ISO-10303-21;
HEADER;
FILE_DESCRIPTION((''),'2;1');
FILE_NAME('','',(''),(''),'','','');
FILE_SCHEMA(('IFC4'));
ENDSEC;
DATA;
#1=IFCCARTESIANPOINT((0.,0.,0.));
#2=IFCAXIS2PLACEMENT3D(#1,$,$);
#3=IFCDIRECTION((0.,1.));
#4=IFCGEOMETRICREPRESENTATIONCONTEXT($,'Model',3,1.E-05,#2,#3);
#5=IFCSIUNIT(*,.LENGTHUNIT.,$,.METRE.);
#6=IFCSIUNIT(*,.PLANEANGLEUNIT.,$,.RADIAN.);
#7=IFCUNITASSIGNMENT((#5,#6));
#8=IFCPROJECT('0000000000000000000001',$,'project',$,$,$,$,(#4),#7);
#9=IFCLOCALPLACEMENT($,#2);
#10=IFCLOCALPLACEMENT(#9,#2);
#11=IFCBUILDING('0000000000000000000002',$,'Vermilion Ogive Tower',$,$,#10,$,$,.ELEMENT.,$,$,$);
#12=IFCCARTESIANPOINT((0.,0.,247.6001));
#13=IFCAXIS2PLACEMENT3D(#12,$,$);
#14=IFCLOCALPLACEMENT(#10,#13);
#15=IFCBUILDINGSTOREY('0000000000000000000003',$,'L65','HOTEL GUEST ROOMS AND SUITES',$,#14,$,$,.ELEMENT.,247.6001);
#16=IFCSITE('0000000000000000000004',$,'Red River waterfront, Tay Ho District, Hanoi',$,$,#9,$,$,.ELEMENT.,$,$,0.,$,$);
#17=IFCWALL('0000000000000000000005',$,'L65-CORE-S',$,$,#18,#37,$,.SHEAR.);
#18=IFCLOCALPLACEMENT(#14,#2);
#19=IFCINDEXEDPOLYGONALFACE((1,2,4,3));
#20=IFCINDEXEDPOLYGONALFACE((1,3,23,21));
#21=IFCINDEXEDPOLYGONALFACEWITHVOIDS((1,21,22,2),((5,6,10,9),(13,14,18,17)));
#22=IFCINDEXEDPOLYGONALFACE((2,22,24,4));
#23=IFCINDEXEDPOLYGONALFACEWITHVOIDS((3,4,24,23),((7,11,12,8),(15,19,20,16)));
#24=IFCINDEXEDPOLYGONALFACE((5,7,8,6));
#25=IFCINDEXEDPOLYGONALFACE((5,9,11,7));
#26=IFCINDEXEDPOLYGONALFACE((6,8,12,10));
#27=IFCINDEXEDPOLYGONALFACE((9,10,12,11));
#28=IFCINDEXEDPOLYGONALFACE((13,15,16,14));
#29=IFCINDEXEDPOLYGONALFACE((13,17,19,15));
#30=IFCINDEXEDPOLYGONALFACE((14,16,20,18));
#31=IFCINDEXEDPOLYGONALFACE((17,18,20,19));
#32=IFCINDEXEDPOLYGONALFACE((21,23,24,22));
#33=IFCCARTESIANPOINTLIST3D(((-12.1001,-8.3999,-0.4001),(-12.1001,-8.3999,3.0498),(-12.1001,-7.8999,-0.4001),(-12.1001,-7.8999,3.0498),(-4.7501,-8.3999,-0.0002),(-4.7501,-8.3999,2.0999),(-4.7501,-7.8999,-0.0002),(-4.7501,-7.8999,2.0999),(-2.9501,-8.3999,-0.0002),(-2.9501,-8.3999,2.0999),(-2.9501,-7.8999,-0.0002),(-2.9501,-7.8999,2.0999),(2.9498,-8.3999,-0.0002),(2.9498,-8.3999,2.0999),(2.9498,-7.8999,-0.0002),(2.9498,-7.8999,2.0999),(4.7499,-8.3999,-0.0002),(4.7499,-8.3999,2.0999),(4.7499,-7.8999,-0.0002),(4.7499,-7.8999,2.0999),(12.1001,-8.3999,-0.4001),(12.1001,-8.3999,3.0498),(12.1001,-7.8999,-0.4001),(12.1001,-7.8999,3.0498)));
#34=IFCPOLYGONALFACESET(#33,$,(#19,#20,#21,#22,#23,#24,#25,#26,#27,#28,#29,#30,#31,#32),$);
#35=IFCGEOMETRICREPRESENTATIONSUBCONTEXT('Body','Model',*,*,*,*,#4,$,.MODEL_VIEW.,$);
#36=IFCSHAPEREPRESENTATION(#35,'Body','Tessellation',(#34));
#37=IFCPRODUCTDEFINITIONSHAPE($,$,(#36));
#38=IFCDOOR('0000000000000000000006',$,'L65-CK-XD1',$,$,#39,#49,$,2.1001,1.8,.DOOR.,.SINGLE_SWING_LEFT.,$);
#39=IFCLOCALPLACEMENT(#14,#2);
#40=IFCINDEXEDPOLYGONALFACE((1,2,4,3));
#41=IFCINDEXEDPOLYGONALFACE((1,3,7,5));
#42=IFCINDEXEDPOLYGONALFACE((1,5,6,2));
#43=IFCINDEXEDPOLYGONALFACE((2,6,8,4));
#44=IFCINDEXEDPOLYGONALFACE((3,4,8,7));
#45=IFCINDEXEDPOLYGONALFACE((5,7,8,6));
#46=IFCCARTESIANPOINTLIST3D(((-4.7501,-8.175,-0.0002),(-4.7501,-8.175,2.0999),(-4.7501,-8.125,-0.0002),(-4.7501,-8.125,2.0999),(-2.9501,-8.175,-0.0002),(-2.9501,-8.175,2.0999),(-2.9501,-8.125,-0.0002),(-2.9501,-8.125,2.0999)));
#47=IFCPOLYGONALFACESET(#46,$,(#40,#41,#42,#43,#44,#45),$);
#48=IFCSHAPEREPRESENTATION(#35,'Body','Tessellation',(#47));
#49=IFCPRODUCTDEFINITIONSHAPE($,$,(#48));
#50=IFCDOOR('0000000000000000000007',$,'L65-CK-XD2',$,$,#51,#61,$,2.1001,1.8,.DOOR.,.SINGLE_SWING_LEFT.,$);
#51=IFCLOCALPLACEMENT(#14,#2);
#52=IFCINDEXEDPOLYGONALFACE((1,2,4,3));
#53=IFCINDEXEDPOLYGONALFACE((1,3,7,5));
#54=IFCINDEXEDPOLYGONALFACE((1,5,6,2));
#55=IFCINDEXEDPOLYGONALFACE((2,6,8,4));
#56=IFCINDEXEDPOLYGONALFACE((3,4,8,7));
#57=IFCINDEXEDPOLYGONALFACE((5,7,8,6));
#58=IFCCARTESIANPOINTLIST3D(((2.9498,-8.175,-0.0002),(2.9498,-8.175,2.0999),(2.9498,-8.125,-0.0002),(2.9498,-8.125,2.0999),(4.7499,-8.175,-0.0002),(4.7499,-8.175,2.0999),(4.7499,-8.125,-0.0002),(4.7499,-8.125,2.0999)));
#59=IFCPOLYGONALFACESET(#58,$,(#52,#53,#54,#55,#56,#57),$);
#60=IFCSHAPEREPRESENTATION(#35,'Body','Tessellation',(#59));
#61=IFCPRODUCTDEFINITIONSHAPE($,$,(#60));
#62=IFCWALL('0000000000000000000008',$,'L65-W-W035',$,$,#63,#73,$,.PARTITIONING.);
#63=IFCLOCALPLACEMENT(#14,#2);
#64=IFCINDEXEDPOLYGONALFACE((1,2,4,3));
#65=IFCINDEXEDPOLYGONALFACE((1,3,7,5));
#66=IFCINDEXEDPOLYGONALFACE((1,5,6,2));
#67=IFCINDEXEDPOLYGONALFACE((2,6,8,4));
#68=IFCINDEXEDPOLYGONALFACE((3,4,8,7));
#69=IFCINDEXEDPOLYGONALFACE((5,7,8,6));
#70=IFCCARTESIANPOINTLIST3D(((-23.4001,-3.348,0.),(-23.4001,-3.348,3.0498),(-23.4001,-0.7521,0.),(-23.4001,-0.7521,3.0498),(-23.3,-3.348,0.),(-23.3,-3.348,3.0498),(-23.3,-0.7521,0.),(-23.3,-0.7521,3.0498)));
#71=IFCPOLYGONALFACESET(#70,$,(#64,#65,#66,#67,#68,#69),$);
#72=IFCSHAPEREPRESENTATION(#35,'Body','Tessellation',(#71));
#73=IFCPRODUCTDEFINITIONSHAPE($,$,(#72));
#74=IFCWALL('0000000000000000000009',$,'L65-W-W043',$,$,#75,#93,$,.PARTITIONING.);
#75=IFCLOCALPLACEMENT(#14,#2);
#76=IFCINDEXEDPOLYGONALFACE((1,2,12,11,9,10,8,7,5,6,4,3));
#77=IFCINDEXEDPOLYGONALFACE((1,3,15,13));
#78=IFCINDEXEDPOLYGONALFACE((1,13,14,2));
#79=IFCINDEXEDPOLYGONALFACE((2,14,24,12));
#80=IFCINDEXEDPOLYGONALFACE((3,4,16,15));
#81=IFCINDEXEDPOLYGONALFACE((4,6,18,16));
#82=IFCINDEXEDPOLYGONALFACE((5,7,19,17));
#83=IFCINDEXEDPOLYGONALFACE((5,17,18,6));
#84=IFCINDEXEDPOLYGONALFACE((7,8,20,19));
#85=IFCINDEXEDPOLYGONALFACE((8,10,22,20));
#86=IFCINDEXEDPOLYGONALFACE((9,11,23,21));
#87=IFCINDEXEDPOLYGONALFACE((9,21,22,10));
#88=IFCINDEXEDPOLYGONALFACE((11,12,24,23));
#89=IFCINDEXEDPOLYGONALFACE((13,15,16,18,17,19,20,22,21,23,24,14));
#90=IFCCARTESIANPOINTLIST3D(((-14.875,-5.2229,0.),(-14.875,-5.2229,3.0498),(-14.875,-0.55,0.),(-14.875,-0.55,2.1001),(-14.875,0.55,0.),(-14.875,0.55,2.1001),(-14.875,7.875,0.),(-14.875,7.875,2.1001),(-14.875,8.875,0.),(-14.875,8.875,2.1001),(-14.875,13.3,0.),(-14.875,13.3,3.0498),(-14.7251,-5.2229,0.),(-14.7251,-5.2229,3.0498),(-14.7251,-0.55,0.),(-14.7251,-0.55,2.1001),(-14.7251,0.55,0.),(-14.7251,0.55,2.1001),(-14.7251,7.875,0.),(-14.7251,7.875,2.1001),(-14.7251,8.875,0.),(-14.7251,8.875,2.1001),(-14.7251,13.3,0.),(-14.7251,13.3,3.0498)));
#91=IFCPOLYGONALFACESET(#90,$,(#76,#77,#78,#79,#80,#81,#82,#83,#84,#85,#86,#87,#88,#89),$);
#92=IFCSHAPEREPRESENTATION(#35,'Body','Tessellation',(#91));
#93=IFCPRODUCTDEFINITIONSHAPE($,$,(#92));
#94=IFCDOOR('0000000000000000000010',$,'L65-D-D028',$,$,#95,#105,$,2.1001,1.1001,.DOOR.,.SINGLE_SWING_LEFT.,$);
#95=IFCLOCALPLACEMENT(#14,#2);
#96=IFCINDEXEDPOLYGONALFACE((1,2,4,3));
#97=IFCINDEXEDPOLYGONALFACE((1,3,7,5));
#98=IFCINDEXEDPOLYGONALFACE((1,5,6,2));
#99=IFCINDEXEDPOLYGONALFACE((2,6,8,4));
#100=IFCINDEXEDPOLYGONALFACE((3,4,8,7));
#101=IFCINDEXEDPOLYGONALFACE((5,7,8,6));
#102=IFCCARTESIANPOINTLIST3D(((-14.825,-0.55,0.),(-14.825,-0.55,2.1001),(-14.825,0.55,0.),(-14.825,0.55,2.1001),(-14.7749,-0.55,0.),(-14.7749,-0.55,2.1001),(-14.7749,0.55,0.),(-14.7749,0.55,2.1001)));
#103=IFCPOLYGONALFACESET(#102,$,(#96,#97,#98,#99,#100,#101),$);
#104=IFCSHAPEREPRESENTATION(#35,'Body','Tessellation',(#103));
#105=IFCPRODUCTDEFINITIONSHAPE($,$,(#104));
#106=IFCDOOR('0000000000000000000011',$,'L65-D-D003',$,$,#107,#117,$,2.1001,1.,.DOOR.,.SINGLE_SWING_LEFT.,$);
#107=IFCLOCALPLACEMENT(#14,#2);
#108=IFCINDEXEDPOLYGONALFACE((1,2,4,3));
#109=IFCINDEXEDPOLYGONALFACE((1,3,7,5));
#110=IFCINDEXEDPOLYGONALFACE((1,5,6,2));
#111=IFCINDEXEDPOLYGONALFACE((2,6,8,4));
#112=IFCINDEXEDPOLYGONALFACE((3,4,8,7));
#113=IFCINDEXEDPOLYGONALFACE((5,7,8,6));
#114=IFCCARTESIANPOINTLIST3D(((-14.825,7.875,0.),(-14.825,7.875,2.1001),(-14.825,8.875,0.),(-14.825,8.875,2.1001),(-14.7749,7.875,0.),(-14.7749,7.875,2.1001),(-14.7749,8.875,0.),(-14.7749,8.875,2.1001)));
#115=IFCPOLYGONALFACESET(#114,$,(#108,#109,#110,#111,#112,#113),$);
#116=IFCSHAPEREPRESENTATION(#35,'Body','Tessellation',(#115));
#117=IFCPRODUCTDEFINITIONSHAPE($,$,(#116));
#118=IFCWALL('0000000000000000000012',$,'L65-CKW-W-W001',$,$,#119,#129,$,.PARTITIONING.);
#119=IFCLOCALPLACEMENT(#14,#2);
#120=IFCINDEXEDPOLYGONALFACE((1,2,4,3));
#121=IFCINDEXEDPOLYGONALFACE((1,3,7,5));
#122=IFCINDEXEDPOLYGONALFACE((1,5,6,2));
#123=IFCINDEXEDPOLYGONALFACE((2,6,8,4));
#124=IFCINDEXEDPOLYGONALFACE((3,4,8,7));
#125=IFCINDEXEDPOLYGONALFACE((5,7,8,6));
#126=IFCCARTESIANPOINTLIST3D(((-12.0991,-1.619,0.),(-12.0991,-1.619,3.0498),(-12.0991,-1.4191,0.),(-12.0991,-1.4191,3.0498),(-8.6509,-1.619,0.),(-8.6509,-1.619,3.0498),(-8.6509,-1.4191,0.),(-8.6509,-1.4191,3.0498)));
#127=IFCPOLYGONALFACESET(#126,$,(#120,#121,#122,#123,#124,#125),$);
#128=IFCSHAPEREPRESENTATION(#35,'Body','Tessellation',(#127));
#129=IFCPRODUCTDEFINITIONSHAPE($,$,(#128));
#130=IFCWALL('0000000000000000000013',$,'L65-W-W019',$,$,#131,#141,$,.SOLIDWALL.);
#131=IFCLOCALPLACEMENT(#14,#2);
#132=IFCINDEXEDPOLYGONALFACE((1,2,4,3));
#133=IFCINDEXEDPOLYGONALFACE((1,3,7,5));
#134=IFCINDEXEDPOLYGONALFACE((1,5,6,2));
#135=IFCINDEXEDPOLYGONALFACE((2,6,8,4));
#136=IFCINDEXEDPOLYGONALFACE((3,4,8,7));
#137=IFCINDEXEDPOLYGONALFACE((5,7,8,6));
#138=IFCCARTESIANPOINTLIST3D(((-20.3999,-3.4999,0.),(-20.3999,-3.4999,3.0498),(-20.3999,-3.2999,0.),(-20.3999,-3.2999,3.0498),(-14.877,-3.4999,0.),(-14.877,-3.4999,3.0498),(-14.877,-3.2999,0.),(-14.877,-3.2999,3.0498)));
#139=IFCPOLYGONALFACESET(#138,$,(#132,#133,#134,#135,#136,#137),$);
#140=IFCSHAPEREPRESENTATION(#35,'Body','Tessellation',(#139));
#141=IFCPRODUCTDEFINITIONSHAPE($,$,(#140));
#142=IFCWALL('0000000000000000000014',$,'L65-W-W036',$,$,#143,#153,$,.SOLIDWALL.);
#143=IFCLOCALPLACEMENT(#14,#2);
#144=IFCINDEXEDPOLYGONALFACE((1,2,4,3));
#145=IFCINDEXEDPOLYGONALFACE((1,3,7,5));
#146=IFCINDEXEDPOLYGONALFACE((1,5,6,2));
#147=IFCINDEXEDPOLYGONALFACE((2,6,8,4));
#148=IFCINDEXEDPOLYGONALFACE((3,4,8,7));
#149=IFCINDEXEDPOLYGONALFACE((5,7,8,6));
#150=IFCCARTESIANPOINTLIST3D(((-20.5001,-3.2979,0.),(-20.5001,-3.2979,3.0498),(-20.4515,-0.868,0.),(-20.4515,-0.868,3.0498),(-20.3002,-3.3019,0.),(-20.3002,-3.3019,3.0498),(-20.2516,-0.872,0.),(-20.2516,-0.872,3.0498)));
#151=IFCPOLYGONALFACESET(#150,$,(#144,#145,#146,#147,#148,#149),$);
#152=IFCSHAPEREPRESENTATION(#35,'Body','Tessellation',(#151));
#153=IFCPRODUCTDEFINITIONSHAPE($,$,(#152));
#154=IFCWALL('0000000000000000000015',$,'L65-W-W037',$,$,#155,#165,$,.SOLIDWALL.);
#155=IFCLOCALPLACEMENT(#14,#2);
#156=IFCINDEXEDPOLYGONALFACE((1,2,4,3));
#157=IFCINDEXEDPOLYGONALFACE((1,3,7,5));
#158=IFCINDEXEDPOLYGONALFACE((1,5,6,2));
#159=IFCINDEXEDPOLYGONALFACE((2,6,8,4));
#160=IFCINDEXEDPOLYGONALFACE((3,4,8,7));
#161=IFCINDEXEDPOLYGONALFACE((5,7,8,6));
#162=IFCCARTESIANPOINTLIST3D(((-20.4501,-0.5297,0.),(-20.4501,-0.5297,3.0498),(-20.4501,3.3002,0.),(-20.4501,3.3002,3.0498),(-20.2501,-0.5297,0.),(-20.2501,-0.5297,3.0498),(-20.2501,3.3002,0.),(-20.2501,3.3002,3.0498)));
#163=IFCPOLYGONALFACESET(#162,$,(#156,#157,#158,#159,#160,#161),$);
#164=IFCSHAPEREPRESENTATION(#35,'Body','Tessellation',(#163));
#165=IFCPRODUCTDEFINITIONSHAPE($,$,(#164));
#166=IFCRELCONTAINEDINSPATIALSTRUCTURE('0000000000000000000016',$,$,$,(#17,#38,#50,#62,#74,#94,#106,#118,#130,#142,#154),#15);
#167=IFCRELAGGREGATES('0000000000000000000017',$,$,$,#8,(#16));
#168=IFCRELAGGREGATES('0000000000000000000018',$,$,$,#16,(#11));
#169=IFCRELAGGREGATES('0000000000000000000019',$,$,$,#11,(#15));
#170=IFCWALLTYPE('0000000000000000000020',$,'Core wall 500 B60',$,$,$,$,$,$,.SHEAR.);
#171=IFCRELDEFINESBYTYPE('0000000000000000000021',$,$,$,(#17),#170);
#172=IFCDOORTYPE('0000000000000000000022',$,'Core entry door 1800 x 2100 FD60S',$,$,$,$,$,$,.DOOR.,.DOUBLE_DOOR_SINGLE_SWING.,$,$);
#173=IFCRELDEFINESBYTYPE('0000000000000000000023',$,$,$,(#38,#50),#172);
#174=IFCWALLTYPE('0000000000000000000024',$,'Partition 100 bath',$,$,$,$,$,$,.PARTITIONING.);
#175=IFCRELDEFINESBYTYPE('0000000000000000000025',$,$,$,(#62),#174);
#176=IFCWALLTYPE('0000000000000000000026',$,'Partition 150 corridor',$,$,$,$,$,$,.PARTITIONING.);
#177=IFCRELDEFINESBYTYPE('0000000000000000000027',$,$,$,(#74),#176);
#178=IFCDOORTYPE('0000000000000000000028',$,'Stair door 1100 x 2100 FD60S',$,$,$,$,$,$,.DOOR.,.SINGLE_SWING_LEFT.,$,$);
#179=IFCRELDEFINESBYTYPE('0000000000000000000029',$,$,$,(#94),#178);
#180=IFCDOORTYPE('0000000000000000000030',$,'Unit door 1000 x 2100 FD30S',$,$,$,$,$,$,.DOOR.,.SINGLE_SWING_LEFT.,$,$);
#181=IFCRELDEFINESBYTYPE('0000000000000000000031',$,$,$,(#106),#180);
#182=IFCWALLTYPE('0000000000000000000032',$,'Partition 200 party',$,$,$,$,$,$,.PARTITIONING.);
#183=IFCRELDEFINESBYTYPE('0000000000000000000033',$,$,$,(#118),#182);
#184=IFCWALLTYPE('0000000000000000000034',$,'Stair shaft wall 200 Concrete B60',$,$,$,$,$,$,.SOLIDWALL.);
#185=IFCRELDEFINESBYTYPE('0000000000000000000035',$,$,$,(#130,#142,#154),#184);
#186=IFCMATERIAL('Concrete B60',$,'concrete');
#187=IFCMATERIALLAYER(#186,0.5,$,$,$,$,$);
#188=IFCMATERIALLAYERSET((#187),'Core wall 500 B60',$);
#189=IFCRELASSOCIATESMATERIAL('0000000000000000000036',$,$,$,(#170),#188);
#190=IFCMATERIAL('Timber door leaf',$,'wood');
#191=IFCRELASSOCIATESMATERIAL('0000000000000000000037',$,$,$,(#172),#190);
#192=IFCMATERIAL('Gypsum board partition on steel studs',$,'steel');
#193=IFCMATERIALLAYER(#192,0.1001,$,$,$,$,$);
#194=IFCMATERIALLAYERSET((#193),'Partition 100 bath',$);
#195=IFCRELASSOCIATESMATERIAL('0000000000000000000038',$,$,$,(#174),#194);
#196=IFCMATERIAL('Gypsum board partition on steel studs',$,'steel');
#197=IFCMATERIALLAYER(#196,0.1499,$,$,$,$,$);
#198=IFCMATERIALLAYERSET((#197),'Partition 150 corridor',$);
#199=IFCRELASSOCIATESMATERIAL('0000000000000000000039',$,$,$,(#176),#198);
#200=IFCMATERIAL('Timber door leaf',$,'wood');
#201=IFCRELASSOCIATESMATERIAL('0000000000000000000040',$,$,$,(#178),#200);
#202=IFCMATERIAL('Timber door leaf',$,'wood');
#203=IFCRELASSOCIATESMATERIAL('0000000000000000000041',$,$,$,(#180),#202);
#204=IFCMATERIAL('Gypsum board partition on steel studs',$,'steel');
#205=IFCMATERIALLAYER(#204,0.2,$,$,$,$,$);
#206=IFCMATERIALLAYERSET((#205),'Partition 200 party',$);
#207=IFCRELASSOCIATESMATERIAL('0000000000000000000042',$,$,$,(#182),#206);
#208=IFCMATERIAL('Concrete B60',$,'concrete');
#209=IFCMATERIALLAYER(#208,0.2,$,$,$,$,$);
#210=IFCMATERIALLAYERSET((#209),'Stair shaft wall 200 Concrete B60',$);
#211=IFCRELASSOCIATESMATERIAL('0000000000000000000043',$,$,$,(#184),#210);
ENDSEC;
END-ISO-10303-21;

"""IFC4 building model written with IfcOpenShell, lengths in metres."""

from ifc_helpers import new_model, si_unit, direction, frame, frame_2d, origin, place, context, subcontext, project, spatial, rectangle, extrude, material, layer, layer_set, type_object, element, fill, save


model = new_model("IFC4")

# Units and contexts
model_context = context("Model", 3, precision=1e-05, world=origin(), true_north=direction((0.0, 1.0)))
body_context = subcontext(model_context, "Body", "Model", "MODEL_VIEW")
ifc_project = project(units=[si_unit("LENGTHUNIT", "METRE"), si_unit("PLANEANGLEUNIT", "RADIAN")], contexts=[model_context])

# Site, building, storey
site_placement = place(None, origin())
site = spatial("IfcSite", under=ifc_project, at=site_placement, Name="Red River waterfront, Tay Ho District, Hanoi", CompositionType="ELEMENT", RefElevation=0.0)
building_placement = place(site_placement, origin())
building = spatial("IfcBuilding", under=site, at=building_placement, Name="Vermilion Ogive Tower", CompositionType="ELEMENT")
storey_placement = place(building_placement, frame((0.0, 0.0, 247.6001)))
storey = spatial("IfcBuildingStorey", under=building, at=storey_placement, Name="L65", Description="HOTEL GUEST ROOMS AND SUITES", CompositionType="ELEMENT", Elevation=247.6001)

# Wall, openings, doors
ifc_material_1 = material(Name="Concrete B60", Category="concrete")
ifc_layer_1 = layer(ifc_material_1, 0.5)
ifc_layer_set_1 = layer_set([ifc_layer_1], Name="Core wall 500 B60")
wall_type_1 = type_object("IfcWallType", Name="Core wall 500 B60", PredefinedType="SHEAR", material=ifc_layer_set_1)
wall_1_placement = place(storey_placement, frame((-12.1001, -8.1499, -0.4001), z_axis=(0.0, 0.0, 1.0), x_axis=(1.0, 0.0, 0.0)))
wall_1 = element("IfcWall", 1, at=wall_1_placement, inside=storey, type_object=wall_type_1, Name="L65-CORE-S", PredefinedType="SHEAR", context=body_context, shape_type="SweptSolid", body=[
    extrude(rectangle(XDim=24.2002, YDim=0.5, at=frame_2d((12.1001, 0.0))), origin(), (0.0, 0.0, 1.0), 3.45),
])
opening_1_placement = place(wall_1_placement, frame((7.3501, 0.0, 0.3999)))
opening_1 = element("IfcOpeningElement", 2, at=opening_1_placement, cuts=wall_1, PredefinedType="OPENING", context=body_context, shape_type="SweptSolid", body=[
    extrude(rectangle(XDim=1.8, YDim=2.1001, at=frame_2d((0.8999, 1.05))), frame((0.0, 0.26, 0.0), z_axis=(0.0, -1.0, 0.0), x_axis=(1.0, 0.0, 0.0)), (0.0, 0.0, 1.0), 0.52),
])
opening_2_placement = place(wall_1_placement, frame((15.05, 0.0, 0.3999)))
opening_2 = element("IfcOpeningElement", 3, at=opening_2_placement, cuts=wall_1, PredefinedType="OPENING", context=body_context, shape_type="SweptSolid", body=[
    extrude(rectangle(XDim=1.8, YDim=2.1001, at=frame_2d((0.8999, 1.05))), frame((0.0, 0.26, 0.0), z_axis=(0.0, -1.0, 0.0), x_axis=(1.0, 0.0, 0.0)), (0.0, 0.0, 1.0), 0.52),
])
ifc_material_2 = material(Name="Timber door leaf", Category="wood")
door_type_1 = type_object("IfcDoorType", Name="Core entry door 1800 x 2100 FD60S", OperationType="DOUBLE_DOOR_SINGLE_SWING", PredefinedType="DOOR", material=ifc_material_2)
door_1_placement = place(opening_1_placement, origin())
door_1 = element("IfcDoor", 4, at=door_1_placement, inside=storey, type_object=door_type_1, Name="L65-CK-XD1", OperationType="SINGLE_SWING_LEFT", OverallHeight=2.1001, OverallWidth=1.8, PredefinedType="DOOR", context=body_context, shape_type="SweptSolid", body=[
    extrude(rectangle(XDim=1.8, YDim=2.1001, at=frame_2d((0.8999, 1.05))), frame((0.0, 0.0249, 0.0), z_axis=(0.0, -1.0, 0.0), x_axis=(1.0, 0.0, 0.0)), (0.0, 0.0, 1.0), 0.05),
])
fill(opening_1, door_1)
door_2_placement = place(opening_2_placement, origin())
door_2 = element("IfcDoor", 5, at=door_2_placement, inside=storey, type_object=door_type_1, Name="L65-CK-XD2", OperationType="SINGLE_SWING_LEFT", OverallHeight=2.1001, OverallWidth=1.8, PredefinedType="DOOR", context=body_context, shape_type="SweptSolid", body=[
    extrude(rectangle(XDim=1.8, YDim=2.1001, at=frame_2d((0.8999, 1.05))), frame((0.0, 0.0249, 0.0), z_axis=(0.0, -1.0, 0.0), x_axis=(1.0, 0.0, 0.0)), (0.0, 0.0, 1.0), 0.05),
])
fill(opening_2, door_2)

# Wall
ifc_material_3 = material(Name="Gypsum board partition on steel studs", Category="steel")
ifc_layer_2 = layer(ifc_material_3, 0.1001)
ifc_layer_set_2 = layer_set([ifc_layer_2], Name="Partition 100 bath")
wall_type_2 = type_object("IfcWallType", Name="Partition 100 bath", PredefinedType="PARTITIONING", material=ifc_layer_set_2)
wall_2_placement = place(storey_placement, frame((-23.3501, -3.3479, 0.0), z_axis=(0.0, 0.0, 1.0), x_axis=(0.0, 1.0, 0.0)))
element("IfcWall", 6, at=wall_2_placement, inside=storey, type_object=wall_type_2, Name="L65-W-W035", PredefinedType="PARTITIONING", context=body_context, shape_type="SweptSolid", body=[
    extrude(rectangle(XDim=2.5959, YDim=0.1001, at=frame_2d((1.2979, 0.0))), origin(), (0.0, 0.0, 1.0), 3.0498),
])

# Wall, openings, doors
ifc_material_4 = material(Name="Gypsum board partition on steel studs", Category="steel")
ifc_layer_3 = layer(ifc_material_4, 0.1499)
ifc_layer_set_3 = layer_set([ifc_layer_3], Name="Partition 150 corridor")
wall_type_3 = type_object("IfcWallType", Name="Partition 150 corridor", PredefinedType="PARTITIONING", material=ifc_layer_set_3)
wall_3_placement = place(storey_placement, frame((-14.8, -5.2229, 0.0), z_axis=(0.0, 0.0, 1.0), x_axis=(0.0, 1.0, 0.0)))
wall_3 = element("IfcWall", 7, at=wall_3_placement, inside=storey, type_object=wall_type_3, Name="L65-W-W043", PredefinedType="PARTITIONING", context=body_context, shape_type="SweptSolid", body=[
    extrude(rectangle(XDim=18.5229, YDim=0.1499, at=frame_2d((9.2615, 0.0))), origin(), (0.0, 0.0, 1.0), 3.0498),
])
opening_3_placement = place(wall_3_placement, frame((13.0979, 0.0, 0.0)))
opening_3 = element("IfcOpeningElement", 8, at=opening_3_placement, cuts=wall_3, PredefinedType="OPENING", context=body_context, shape_type="SweptSolid", body=[
    extrude(rectangle(XDim=1.0, YDim=2.1001, at=frame_2d((0.5, 1.05))), frame((0.0, 0.085, 0.0), z_axis=(0.0, -1.0, 0.0), x_axis=(1.0, 0.0, 0.0)), (0.0, 0.0, 1.0), 0.1699),
])
opening_4_placement = place(wall_3_placement, frame((4.6729, 0.0, 0.0)))
opening_4 = element("IfcOpeningElement", 9, at=opening_4_placement, cuts=wall_3, PredefinedType="OPENING", context=body_context, shape_type="SweptSolid", body=[
    extrude(rectangle(XDim=1.1001, YDim=2.1001, at=frame_2d((0.55, 1.05))), frame((0.0, 0.085, 0.0), z_axis=(0.0, -1.0, 0.0), x_axis=(1.0, 0.0, 0.0)), (0.0, 0.0, 1.0), 0.1699),
])
ifc_material_5 = material(Name="Timber door leaf", Category="wood")
door_type_2 = type_object("IfcDoorType", Name="Stair door 1100 x 2100 FD60S", OperationType="SINGLE_SWING_LEFT", PredefinedType="DOOR", material=ifc_material_5)
door_3_placement = place(opening_4_placement, origin())
door_3 = element("IfcDoor", 10, at=door_3_placement, inside=storey, type_object=door_type_2, Name="L65-D-D028", OperationType="SINGLE_SWING_LEFT", OverallHeight=2.1001, OverallWidth=1.1001, PredefinedType="DOOR", context=body_context, shape_type="SweptSolid", body=[
    extrude(rectangle(XDim=1.1001, YDim=2.1001, at=frame_2d((0.55, 1.05))), frame((0.0, 0.0249, 0.0), z_axis=(0.0, -1.0, 0.0), x_axis=(1.0, 0.0, 0.0)), (0.0, 0.0, 1.0), 0.05),
])
fill(opening_4, door_3)
ifc_material_6 = material(Name="Timber door leaf", Category="wood")
door_type_3 = type_object("IfcDoorType", Name="Unit door 1000 x 2100 FD30S", OperationType="SINGLE_SWING_LEFT", PredefinedType="DOOR", material=ifc_material_6)
door_4_placement = place(opening_3_placement, origin())
door_4 = element("IfcDoor", 11, at=door_4_placement, inside=storey, type_object=door_type_3, Name="L65-D-D003", OperationType="SINGLE_SWING_LEFT", OverallHeight=2.1001, OverallWidth=1.0, PredefinedType="DOOR", context=body_context, shape_type="SweptSolid", body=[
    extrude(rectangle(XDim=1.0, YDim=2.1001, at=frame_2d((0.5, 1.05))), frame((0.0, 0.0249, 0.0), z_axis=(0.0, -1.0, 0.0), x_axis=(1.0, 0.0, 0.0)), (0.0, 0.0, 1.0), 0.05),
])
fill(opening_3, door_4)

# Walls
ifc_material_7 = material(Name="Gypsum board partition on steel studs", Category="steel")
ifc_layer_4 = layer(ifc_material_7, 0.2)
ifc_layer_set_4 = layer_set([ifc_layer_4], Name="Partition 200 party")
wall_type_4 = type_object("IfcWallType", Name="Partition 200 party", PredefinedType="PARTITIONING", material=ifc_layer_set_4)
wall_4_placement = place(storey_placement, frame((-12.0991, -1.519, 0.0), z_axis=(0.0, 0.0, 1.0), x_axis=(1.0, 0.0, 0.0)))
element("IfcWall", 12, at=wall_4_placement, inside=storey, type_object=wall_type_4, Name="L65-CKW-W-W001", PredefinedType="PARTITIONING", context=body_context, shape_type="SweptSolid", body=[
    extrude(rectangle(XDim=3.4482, YDim=0.2, at=frame_2d((1.7241, 0.0))), origin(), (0.0, 0.0, 1.0), 3.0498),
])
ifc_material_8 = material(Name="Concrete B60", Category="concrete")
ifc_layer_5 = layer(ifc_material_8, 0.2)
ifc_layer_set_5 = layer_set([ifc_layer_5], Name="Stair shaft wall 200 Concrete B60")
wall_type_5 = type_object("IfcWallType", Name="Stair shaft wall 200 Concrete B60", PredefinedType="SOLIDWALL", material=ifc_layer_set_5)
wall_5_placement = place(storey_placement, frame((-20.3999, -3.3999, 0.0), z_axis=(0.0, 0.0, 1.0), x_axis=(1.0, 0.0, 0.0)))
element("IfcWall", 13, at=wall_5_placement, inside=storey, type_object=wall_type_5, Name="L65-W-W019", PredefinedType="SOLIDWALL", context=body_context, shape_type="SweptSolid", body=[
    extrude(rectangle(XDim=5.5229, YDim=0.2, at=frame_2d((2.7615, 0.0))), origin(), (0.0, 0.0, 1.0), 3.0498),
])
wall_6_placement = place(storey_placement, frame((-20.4001, -3.3, 0.0), z_axis=(0.0, 0.0, 1.0), x_axis=(0.01999, 0.9998, 0.0)))
element("IfcWall", 14, at=wall_6_placement, inside=storey, type_object=wall_type_5, Name="L65-W-W036", PredefinedType="SOLIDWALL", context=body_context, shape_type="SweptSolid", body=[
    extrude(rectangle(XDim=2.4304, YDim=0.2, at=frame_2d((1.2153, 0.0))), origin(), (0.0, 0.0, 1.0), 3.0498),
])
wall_7_placement = place(storey_placement, frame((-20.3501, -0.5298, 0.0), z_axis=(0.0, 0.0, 1.0), x_axis=(0.0, 1.0, 0.0)))
element("IfcWall", 15, at=wall_7_placement, inside=storey, type_object=wall_type_5, Name="L65-W-W037", PredefinedType="SOLIDWALL", context=body_context, shape_type="SweptSolid", body=[
    extrude(rectangle(XDim=3.8298, YDim=0.2, at=frame_2d((1.915, 0.0))), origin(), (0.0, 0.0, 1.0), 3.0498),
])

save(model, "model.ifc")
